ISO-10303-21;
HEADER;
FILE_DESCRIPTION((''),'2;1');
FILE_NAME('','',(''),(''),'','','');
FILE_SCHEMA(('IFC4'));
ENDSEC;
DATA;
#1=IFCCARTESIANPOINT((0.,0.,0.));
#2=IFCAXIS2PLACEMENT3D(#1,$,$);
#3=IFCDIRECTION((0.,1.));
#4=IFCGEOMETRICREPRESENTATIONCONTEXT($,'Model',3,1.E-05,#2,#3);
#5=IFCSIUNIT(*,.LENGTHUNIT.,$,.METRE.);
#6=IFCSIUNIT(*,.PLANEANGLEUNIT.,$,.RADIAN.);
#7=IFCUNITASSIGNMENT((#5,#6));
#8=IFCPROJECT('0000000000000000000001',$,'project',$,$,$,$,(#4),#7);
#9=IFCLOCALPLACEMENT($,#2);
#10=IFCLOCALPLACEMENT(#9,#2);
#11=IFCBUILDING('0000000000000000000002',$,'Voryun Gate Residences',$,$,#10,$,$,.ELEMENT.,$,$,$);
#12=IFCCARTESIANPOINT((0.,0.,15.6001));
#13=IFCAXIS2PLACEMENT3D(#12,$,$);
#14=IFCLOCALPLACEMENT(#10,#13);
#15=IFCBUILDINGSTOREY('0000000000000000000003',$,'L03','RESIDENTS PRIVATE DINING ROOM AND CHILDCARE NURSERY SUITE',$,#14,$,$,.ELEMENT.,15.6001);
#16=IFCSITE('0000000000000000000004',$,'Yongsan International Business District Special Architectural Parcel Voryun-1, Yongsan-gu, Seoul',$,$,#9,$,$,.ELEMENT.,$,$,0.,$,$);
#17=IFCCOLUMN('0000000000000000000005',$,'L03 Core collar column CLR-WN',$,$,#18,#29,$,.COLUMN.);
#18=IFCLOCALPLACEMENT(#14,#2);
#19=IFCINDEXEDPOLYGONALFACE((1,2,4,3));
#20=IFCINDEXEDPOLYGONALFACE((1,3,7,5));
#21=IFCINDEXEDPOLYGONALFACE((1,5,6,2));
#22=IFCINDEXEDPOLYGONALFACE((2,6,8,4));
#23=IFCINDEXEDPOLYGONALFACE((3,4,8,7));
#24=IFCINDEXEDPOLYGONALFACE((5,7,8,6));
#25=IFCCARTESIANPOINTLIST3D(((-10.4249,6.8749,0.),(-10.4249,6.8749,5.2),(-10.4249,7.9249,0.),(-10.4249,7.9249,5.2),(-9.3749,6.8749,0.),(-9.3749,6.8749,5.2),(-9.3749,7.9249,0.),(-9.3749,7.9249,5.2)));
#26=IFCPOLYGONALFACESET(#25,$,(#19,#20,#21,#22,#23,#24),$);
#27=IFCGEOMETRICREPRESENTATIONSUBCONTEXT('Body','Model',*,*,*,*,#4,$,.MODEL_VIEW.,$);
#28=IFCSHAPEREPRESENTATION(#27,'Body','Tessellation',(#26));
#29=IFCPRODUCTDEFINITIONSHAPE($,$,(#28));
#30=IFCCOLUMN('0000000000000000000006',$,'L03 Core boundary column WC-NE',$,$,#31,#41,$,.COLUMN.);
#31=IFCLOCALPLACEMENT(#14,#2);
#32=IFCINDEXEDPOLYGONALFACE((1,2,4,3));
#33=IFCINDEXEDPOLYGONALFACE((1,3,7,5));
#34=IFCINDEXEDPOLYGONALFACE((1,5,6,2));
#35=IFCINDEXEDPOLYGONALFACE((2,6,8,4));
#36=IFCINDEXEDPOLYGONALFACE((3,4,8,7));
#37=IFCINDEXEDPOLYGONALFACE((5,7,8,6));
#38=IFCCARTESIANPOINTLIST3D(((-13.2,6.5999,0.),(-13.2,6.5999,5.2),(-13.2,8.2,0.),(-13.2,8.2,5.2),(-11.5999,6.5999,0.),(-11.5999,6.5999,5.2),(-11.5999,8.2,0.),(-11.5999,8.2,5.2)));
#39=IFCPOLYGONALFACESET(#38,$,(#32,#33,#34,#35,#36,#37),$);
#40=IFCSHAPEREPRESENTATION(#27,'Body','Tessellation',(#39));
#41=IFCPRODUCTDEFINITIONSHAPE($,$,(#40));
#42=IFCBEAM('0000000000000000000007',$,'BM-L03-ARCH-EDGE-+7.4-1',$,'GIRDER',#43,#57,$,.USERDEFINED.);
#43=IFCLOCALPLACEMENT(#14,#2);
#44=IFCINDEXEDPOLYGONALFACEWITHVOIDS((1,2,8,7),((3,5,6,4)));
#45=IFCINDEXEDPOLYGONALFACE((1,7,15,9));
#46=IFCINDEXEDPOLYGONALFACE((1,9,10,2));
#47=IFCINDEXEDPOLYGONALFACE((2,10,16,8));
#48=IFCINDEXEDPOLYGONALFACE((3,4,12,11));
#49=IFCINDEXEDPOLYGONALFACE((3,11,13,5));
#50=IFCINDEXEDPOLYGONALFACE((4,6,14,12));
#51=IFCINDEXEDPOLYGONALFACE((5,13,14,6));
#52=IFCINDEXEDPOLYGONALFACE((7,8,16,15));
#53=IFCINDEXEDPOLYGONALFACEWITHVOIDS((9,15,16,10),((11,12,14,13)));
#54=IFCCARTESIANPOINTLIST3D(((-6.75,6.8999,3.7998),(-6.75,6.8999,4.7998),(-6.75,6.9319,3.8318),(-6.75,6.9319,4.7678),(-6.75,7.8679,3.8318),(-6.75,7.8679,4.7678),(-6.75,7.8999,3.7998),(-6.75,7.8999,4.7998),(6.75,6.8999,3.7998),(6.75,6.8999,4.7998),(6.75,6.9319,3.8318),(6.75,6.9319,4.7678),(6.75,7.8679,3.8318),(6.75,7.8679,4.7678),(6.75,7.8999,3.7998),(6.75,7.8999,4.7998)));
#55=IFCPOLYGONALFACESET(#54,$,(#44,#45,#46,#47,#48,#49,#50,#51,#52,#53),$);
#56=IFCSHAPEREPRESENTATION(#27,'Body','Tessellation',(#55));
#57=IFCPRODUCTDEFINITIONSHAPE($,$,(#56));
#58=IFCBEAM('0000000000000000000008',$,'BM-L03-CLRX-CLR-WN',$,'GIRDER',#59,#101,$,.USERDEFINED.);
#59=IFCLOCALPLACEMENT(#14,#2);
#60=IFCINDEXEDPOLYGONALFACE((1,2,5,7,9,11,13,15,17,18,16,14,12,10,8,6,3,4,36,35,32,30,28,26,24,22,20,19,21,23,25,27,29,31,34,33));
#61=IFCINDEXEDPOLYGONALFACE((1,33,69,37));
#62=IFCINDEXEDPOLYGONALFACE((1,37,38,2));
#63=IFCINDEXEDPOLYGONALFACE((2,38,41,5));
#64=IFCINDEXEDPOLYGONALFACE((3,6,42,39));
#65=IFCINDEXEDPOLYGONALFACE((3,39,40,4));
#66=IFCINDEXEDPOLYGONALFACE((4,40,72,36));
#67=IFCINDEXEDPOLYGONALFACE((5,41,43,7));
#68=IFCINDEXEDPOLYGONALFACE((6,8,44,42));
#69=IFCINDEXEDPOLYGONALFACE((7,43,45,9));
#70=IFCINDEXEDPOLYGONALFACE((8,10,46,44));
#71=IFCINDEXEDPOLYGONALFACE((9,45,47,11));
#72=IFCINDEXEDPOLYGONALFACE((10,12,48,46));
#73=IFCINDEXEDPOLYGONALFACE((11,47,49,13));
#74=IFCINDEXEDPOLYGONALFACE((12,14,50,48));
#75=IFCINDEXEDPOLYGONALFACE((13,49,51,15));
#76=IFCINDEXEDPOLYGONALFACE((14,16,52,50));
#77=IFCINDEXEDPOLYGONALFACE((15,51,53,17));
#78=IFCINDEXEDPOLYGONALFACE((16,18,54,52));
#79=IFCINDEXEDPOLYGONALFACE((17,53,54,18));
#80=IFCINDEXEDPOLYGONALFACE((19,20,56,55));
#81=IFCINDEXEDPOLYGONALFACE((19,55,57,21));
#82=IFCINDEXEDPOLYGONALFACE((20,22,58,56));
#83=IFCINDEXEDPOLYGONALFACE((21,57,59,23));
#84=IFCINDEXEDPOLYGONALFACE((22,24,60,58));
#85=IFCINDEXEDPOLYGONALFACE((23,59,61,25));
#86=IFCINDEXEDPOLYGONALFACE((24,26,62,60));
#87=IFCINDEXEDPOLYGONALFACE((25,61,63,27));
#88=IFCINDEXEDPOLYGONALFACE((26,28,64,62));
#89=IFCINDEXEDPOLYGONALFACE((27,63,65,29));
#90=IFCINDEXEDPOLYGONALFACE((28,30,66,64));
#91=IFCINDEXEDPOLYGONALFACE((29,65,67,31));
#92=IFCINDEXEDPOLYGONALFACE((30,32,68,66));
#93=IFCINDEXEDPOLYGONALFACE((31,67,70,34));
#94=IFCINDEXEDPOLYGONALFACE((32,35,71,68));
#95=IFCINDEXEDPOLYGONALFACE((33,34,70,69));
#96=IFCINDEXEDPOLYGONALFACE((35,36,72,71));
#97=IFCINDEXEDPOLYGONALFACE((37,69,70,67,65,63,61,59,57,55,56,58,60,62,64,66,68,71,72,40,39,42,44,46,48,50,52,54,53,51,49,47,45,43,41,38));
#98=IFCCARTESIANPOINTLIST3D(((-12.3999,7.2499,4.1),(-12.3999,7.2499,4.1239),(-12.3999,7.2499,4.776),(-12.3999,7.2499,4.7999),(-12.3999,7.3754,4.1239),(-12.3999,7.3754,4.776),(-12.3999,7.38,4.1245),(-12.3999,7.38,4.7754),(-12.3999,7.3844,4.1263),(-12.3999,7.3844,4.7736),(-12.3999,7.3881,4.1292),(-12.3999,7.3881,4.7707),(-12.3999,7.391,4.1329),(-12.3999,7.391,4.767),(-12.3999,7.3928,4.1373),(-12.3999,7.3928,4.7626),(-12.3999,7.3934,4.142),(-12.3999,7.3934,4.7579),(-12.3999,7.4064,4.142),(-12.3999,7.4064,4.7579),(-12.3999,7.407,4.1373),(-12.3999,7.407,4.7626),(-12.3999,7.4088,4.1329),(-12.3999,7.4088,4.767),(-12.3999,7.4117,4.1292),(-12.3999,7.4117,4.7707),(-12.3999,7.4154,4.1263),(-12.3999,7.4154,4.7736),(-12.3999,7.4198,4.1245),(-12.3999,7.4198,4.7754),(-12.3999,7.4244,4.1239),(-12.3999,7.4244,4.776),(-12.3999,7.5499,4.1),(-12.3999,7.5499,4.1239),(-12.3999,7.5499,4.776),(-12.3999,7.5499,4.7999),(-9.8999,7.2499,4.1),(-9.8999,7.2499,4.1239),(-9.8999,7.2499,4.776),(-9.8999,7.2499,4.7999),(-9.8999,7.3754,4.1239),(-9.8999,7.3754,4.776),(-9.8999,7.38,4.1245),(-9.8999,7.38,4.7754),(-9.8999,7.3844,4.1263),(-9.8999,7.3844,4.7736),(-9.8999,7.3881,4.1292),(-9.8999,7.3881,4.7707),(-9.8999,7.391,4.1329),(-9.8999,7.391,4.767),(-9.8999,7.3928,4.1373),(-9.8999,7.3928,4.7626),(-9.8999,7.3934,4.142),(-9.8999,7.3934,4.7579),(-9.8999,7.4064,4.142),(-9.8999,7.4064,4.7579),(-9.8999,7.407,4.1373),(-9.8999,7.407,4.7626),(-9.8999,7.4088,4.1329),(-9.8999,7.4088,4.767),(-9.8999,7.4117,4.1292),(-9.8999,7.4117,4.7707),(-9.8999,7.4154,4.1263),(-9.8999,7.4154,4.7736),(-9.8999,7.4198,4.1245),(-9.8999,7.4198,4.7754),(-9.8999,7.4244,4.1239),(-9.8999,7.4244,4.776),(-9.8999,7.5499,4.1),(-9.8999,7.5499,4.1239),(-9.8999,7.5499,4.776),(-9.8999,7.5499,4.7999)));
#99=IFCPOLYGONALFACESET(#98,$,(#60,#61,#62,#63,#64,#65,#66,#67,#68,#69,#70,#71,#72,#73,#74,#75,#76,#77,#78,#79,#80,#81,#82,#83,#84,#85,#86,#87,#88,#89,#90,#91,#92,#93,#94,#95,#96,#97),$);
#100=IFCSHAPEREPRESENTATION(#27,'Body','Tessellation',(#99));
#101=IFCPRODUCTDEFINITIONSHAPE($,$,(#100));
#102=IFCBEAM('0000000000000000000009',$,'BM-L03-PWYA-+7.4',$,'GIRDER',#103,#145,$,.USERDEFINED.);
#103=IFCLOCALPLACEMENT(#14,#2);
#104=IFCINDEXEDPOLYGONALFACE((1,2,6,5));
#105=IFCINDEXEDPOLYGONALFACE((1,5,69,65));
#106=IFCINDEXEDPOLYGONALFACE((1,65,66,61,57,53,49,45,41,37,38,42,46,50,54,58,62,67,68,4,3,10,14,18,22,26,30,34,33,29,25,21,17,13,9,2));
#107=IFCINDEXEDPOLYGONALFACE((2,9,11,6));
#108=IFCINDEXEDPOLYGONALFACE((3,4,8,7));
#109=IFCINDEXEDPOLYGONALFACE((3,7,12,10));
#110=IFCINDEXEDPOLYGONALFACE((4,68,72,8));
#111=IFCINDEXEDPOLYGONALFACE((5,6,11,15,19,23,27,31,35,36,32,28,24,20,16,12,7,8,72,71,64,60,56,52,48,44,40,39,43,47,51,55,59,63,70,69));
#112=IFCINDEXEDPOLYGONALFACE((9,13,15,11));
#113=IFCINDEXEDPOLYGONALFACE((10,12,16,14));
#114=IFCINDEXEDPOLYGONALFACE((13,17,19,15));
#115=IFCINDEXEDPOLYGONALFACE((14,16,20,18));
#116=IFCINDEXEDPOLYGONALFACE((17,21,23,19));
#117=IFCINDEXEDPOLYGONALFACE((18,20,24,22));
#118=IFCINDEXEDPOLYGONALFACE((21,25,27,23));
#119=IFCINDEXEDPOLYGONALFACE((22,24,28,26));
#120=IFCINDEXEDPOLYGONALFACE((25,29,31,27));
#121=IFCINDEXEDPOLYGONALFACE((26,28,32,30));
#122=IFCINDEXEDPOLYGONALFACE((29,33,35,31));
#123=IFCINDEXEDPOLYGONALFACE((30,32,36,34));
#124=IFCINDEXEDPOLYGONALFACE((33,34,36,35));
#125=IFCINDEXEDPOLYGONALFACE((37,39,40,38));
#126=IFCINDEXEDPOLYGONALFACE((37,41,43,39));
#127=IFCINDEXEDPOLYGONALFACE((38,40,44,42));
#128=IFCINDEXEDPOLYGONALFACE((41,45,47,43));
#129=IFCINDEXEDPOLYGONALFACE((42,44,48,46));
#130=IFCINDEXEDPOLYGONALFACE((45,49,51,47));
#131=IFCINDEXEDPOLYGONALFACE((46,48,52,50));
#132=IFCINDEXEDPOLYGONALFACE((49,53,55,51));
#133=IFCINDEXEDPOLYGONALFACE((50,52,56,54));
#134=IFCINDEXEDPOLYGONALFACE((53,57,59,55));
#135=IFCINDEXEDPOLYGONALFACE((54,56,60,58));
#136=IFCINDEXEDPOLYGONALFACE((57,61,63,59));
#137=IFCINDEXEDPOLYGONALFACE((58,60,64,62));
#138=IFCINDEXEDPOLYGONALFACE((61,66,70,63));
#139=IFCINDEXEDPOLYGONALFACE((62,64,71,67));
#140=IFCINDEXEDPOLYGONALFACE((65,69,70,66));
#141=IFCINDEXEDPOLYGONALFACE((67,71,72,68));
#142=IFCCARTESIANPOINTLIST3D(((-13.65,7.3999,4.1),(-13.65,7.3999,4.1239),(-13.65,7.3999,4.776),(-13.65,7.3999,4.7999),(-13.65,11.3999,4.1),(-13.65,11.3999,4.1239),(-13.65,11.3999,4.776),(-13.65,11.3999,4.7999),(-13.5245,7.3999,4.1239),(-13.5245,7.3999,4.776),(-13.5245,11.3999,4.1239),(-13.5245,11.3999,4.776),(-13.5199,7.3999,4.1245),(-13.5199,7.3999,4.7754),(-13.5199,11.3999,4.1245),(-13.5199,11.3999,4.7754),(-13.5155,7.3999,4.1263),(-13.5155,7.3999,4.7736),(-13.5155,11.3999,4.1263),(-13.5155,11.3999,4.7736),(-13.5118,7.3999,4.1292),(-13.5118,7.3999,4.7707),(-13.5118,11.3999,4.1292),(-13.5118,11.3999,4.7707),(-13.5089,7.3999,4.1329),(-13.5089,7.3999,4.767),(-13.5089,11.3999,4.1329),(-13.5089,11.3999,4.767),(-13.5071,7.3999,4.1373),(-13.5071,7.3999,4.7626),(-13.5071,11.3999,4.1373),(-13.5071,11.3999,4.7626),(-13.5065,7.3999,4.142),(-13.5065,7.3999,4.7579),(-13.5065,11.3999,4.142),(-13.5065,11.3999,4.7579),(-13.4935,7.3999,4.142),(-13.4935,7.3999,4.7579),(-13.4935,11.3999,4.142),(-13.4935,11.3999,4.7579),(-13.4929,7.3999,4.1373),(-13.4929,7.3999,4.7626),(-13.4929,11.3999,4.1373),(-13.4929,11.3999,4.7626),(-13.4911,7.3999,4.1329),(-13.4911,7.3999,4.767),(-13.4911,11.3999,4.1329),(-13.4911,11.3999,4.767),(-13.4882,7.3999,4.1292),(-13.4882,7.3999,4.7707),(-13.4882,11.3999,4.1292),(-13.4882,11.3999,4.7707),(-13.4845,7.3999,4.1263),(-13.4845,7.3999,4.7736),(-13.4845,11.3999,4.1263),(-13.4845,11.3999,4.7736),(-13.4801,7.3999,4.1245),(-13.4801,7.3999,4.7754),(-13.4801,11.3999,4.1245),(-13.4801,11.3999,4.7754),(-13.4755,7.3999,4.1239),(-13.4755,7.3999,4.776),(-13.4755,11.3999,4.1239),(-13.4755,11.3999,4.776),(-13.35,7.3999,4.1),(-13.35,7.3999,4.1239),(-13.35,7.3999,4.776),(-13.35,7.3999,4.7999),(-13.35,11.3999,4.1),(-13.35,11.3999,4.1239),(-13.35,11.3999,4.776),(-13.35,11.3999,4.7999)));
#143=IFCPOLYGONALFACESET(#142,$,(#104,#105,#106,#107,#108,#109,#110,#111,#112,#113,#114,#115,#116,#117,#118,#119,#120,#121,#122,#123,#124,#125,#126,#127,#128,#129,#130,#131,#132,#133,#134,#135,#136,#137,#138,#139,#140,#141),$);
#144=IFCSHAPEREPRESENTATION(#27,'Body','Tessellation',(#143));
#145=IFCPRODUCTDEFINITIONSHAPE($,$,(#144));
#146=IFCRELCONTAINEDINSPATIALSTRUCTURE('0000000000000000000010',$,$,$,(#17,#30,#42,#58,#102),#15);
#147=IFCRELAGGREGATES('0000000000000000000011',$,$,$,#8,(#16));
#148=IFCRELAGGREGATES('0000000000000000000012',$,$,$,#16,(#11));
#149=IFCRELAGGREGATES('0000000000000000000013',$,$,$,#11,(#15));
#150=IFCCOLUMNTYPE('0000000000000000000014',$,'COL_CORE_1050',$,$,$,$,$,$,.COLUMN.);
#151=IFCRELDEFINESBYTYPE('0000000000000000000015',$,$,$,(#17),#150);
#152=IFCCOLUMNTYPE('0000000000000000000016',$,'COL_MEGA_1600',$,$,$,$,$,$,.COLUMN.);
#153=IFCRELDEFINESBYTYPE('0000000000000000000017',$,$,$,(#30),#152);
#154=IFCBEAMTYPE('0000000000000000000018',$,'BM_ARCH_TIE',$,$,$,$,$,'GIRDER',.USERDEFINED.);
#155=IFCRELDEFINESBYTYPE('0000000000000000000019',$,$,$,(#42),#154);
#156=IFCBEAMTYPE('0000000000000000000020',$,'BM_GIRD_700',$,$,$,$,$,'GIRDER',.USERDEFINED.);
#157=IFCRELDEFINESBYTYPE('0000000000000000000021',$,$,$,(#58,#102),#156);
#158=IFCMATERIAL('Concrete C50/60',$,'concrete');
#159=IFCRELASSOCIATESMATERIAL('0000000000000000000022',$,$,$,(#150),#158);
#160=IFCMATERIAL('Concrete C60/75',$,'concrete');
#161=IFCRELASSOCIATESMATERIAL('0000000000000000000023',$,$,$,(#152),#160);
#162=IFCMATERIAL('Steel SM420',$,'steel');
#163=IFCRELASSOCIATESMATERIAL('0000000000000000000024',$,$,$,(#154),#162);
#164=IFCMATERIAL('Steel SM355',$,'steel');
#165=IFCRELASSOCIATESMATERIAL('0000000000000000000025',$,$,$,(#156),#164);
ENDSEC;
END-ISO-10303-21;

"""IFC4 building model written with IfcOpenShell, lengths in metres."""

from ifc_helpers import new_model, si_unit, direction, frame, origin, origin_2d, place, context, subcontext, project, spatial, rectangle, hollow_rectangle, i_section, extrude, material, material_profile, profile_set, type_object, element, save


model = new_model("IFC4")

# Units and contexts
model_context = context("Model", 3, precision=1e-05, world=origin(), true_north=direction((0.0, 1.0)))
body_context = subcontext(model_context, "Body", "Model", "MODEL_VIEW")
ifc_project = project(units=[si_unit("LENGTHUNIT", "METRE"), si_unit("PLANEANGLEUNIT", "RADIAN")], contexts=[model_context])

# Site, building, storey
site_placement = place(None, origin())
site = spatial("IfcSite", under=ifc_project, at=site_placement, Name="Yongsan International Business District Special Architectural Parcel Voryun-1, Yongsan-gu, Seoul", CompositionType="ELEMENT", RefElevation=0.0)
building_placement = place(site_placement, origin())
building = spatial("IfcBuilding", under=site, at=building_placement, Name="Voryun Gate Residences", CompositionType="ELEMENT")
storey_placement = place(building_placement, frame((0.0, 0.0, 15.6001)))
storey = spatial("IfcBuildingStorey", under=building, at=storey_placement, Name="L03", Description="RESIDENTS PRIVATE DINING ROOM AND CHILDCARE NURSERY SUITE", CompositionType="ELEMENT", Elevation=15.6001)

# Columns
ifc_material_1 = material(Name="Concrete C50/60", Category="concrete")
ifc_material_profile_1 = material_profile(ifc_material_1, rectangle(XDim=1.05, YDim=1.05, at=origin_2d()), Name="RC-1050x1050")
ifc_profile_set_1 = profile_set([ifc_material_profile_1], Name="Concrete C50/60")
column_type_1 = type_object("IfcColumnType", Name="COL_CORE_1050", PredefinedType="COLUMN", material=ifc_profile_set_1)
column_1_placement = place(storey_placement, frame((-9.8999, 7.3999, 0.0), z_axis=(0.0, 0.0, 1.0), x_axis=(1.0, 0.0, 0.0)))
element("IfcColumn", 1, at=column_1_placement, inside=storey, type_object=column_type_1, Name="L03 Core collar column CLR-WN", PredefinedType="COLUMN", context=body_context, shape_type="SweptSolid", body=[
    extrude(rectangle(XDim=1.05, YDim=1.05, at=origin_2d()), origin(), (0.0, 0.0, 1.0), 5.2),
])
ifc_material_2 = material(Name="Concrete C60/75", Category="concrete")
ifc_material_profile_2 = material_profile(ifc_material_2, rectangle(XDim=1.6001, YDim=1.6001, at=origin_2d()), Name="RC-1600x1600")
ifc_profile_set_2 = profile_set([ifc_material_profile_2], Name="Concrete C60/75")
column_type_2 = type_object("IfcColumnType", Name="COL_MEGA_1600", PredefinedType="COLUMN", material=ifc_profile_set_2)
column_2_placement = place(storey_placement, frame((-12.3999, 7.3999, 0.0), z_axis=(0.0, 0.0, 1.0), x_axis=(1.0, 0.0, 0.0)))
element("IfcColumn", 2, at=column_2_placement, inside=storey, type_object=column_type_2, Name="L03 Core boundary column WC-NE", PredefinedType="COLUMN", context=body_context, shape_type="SweptSolid", body=[
    extrude(rectangle(XDim=1.6001, YDim=1.6001, at=origin_2d()), origin(), (0.0, 0.0, 1.0), 5.2),
])

# Beams
ifc_material_3 = material(Name="Steel SM420", Category="steel")
ifc_material_profile_3 = material_profile(ifc_material_3, hollow_rectangle(XDim=1.0, YDim=1.0, WallThickness=0.032, at=origin_2d()), Name="BOX-1000x1000x32")
ifc_profile_set_3 = profile_set([ifc_material_profile_3], Name="Steel SM420")
beam_type_1 = type_object("IfcBeamType", Name="BM_ARCH_TIE", ElementType="GIRDER", PredefinedType="USERDEFINED", material=ifc_profile_set_3)
beam_1_placement = place(storey_placement, frame((-6.75, 7.3999, 4.2998), z_axis=(1.0, 0.0, 0.0), x_axis=(0.0, 1.0, 0.0)))
element("IfcBeam", 3, at=beam_1_placement, inside=storey, type_object=beam_type_1, Name="BM-L03-ARCH-EDGE-+7.4-1", ObjectType="GIRDER", PredefinedType="USERDEFINED", context=body_context, shape_type="SweptSolid", body=[
    extrude(hollow_rectangle(XDim=1.0, YDim=1.0, WallThickness=0.032, at=origin_2d()), origin(), (0.0, 0.0, 1.0), 13.5),
])
ifc_material_4 = material(Name="Steel SM355", Category="steel")
ifc_material_profile_4 = material_profile(ifc_material_4, i_section(OverallWidth=0.3, OverallDepth=0.7, WebThickness=0.0129, FlangeThickness=0.0239, FilletRadius=0.0181, at=origin_2d()), Name="H-700x300x13x24")
ifc_profile_set_4 = profile_set([ifc_material_profile_4], Name="Steel SM355")
beam_type_2 = type_object("IfcBeamType", Name="BM_GIRD_700", ElementType="GIRDER", PredefinedType="USERDEFINED", material=ifc_profile_set_4)
beam_2_placement = place(storey_placement, frame((-12.3999, 7.3999, 4.45), z_axis=(1.0, 0.0, 0.0), x_axis=(0.0, 1.0, 0.0)))
element("IfcBeam", 4, at=beam_2_placement, inside=storey, type_object=beam_type_2, Name="BM-L03-CLRX-CLR-WN", ObjectType="GIRDER", PredefinedType="USERDEFINED", context=body_context, shape_type="SweptSolid", body=[
    extrude(i_section(OverallWidth=0.3, OverallDepth=0.7, WebThickness=0.0129, FlangeThickness=0.0239, FilletRadius=0.0181, at=origin_2d()), origin(), (0.0, 0.0, 1.0), 2.5),
])
beam_3_placement = place(storey_placement, frame((-13.5, 7.3999, 4.45), z_axis=(0.0, 1.0, 0.0), x_axis=(-1.0, 0.0, 0.0)))
element("IfcBeam", 5, at=beam_3_placement, inside=storey, type_object=beam_type_2, Name="BM-L03-PWYA-+7.4", ObjectType="GIRDER", PredefinedType="USERDEFINED", context=body_context, shape_type="SweptSolid", body=[
    extrude(i_section(OverallWidth=0.3, OverallDepth=0.7, WebThickness=0.0129, FlangeThickness=0.0239, FilletRadius=0.0181, at=origin_2d()), origin(), (0.0, 0.0, 1.0), 4.0),
])

save(model, "model.ifc")
